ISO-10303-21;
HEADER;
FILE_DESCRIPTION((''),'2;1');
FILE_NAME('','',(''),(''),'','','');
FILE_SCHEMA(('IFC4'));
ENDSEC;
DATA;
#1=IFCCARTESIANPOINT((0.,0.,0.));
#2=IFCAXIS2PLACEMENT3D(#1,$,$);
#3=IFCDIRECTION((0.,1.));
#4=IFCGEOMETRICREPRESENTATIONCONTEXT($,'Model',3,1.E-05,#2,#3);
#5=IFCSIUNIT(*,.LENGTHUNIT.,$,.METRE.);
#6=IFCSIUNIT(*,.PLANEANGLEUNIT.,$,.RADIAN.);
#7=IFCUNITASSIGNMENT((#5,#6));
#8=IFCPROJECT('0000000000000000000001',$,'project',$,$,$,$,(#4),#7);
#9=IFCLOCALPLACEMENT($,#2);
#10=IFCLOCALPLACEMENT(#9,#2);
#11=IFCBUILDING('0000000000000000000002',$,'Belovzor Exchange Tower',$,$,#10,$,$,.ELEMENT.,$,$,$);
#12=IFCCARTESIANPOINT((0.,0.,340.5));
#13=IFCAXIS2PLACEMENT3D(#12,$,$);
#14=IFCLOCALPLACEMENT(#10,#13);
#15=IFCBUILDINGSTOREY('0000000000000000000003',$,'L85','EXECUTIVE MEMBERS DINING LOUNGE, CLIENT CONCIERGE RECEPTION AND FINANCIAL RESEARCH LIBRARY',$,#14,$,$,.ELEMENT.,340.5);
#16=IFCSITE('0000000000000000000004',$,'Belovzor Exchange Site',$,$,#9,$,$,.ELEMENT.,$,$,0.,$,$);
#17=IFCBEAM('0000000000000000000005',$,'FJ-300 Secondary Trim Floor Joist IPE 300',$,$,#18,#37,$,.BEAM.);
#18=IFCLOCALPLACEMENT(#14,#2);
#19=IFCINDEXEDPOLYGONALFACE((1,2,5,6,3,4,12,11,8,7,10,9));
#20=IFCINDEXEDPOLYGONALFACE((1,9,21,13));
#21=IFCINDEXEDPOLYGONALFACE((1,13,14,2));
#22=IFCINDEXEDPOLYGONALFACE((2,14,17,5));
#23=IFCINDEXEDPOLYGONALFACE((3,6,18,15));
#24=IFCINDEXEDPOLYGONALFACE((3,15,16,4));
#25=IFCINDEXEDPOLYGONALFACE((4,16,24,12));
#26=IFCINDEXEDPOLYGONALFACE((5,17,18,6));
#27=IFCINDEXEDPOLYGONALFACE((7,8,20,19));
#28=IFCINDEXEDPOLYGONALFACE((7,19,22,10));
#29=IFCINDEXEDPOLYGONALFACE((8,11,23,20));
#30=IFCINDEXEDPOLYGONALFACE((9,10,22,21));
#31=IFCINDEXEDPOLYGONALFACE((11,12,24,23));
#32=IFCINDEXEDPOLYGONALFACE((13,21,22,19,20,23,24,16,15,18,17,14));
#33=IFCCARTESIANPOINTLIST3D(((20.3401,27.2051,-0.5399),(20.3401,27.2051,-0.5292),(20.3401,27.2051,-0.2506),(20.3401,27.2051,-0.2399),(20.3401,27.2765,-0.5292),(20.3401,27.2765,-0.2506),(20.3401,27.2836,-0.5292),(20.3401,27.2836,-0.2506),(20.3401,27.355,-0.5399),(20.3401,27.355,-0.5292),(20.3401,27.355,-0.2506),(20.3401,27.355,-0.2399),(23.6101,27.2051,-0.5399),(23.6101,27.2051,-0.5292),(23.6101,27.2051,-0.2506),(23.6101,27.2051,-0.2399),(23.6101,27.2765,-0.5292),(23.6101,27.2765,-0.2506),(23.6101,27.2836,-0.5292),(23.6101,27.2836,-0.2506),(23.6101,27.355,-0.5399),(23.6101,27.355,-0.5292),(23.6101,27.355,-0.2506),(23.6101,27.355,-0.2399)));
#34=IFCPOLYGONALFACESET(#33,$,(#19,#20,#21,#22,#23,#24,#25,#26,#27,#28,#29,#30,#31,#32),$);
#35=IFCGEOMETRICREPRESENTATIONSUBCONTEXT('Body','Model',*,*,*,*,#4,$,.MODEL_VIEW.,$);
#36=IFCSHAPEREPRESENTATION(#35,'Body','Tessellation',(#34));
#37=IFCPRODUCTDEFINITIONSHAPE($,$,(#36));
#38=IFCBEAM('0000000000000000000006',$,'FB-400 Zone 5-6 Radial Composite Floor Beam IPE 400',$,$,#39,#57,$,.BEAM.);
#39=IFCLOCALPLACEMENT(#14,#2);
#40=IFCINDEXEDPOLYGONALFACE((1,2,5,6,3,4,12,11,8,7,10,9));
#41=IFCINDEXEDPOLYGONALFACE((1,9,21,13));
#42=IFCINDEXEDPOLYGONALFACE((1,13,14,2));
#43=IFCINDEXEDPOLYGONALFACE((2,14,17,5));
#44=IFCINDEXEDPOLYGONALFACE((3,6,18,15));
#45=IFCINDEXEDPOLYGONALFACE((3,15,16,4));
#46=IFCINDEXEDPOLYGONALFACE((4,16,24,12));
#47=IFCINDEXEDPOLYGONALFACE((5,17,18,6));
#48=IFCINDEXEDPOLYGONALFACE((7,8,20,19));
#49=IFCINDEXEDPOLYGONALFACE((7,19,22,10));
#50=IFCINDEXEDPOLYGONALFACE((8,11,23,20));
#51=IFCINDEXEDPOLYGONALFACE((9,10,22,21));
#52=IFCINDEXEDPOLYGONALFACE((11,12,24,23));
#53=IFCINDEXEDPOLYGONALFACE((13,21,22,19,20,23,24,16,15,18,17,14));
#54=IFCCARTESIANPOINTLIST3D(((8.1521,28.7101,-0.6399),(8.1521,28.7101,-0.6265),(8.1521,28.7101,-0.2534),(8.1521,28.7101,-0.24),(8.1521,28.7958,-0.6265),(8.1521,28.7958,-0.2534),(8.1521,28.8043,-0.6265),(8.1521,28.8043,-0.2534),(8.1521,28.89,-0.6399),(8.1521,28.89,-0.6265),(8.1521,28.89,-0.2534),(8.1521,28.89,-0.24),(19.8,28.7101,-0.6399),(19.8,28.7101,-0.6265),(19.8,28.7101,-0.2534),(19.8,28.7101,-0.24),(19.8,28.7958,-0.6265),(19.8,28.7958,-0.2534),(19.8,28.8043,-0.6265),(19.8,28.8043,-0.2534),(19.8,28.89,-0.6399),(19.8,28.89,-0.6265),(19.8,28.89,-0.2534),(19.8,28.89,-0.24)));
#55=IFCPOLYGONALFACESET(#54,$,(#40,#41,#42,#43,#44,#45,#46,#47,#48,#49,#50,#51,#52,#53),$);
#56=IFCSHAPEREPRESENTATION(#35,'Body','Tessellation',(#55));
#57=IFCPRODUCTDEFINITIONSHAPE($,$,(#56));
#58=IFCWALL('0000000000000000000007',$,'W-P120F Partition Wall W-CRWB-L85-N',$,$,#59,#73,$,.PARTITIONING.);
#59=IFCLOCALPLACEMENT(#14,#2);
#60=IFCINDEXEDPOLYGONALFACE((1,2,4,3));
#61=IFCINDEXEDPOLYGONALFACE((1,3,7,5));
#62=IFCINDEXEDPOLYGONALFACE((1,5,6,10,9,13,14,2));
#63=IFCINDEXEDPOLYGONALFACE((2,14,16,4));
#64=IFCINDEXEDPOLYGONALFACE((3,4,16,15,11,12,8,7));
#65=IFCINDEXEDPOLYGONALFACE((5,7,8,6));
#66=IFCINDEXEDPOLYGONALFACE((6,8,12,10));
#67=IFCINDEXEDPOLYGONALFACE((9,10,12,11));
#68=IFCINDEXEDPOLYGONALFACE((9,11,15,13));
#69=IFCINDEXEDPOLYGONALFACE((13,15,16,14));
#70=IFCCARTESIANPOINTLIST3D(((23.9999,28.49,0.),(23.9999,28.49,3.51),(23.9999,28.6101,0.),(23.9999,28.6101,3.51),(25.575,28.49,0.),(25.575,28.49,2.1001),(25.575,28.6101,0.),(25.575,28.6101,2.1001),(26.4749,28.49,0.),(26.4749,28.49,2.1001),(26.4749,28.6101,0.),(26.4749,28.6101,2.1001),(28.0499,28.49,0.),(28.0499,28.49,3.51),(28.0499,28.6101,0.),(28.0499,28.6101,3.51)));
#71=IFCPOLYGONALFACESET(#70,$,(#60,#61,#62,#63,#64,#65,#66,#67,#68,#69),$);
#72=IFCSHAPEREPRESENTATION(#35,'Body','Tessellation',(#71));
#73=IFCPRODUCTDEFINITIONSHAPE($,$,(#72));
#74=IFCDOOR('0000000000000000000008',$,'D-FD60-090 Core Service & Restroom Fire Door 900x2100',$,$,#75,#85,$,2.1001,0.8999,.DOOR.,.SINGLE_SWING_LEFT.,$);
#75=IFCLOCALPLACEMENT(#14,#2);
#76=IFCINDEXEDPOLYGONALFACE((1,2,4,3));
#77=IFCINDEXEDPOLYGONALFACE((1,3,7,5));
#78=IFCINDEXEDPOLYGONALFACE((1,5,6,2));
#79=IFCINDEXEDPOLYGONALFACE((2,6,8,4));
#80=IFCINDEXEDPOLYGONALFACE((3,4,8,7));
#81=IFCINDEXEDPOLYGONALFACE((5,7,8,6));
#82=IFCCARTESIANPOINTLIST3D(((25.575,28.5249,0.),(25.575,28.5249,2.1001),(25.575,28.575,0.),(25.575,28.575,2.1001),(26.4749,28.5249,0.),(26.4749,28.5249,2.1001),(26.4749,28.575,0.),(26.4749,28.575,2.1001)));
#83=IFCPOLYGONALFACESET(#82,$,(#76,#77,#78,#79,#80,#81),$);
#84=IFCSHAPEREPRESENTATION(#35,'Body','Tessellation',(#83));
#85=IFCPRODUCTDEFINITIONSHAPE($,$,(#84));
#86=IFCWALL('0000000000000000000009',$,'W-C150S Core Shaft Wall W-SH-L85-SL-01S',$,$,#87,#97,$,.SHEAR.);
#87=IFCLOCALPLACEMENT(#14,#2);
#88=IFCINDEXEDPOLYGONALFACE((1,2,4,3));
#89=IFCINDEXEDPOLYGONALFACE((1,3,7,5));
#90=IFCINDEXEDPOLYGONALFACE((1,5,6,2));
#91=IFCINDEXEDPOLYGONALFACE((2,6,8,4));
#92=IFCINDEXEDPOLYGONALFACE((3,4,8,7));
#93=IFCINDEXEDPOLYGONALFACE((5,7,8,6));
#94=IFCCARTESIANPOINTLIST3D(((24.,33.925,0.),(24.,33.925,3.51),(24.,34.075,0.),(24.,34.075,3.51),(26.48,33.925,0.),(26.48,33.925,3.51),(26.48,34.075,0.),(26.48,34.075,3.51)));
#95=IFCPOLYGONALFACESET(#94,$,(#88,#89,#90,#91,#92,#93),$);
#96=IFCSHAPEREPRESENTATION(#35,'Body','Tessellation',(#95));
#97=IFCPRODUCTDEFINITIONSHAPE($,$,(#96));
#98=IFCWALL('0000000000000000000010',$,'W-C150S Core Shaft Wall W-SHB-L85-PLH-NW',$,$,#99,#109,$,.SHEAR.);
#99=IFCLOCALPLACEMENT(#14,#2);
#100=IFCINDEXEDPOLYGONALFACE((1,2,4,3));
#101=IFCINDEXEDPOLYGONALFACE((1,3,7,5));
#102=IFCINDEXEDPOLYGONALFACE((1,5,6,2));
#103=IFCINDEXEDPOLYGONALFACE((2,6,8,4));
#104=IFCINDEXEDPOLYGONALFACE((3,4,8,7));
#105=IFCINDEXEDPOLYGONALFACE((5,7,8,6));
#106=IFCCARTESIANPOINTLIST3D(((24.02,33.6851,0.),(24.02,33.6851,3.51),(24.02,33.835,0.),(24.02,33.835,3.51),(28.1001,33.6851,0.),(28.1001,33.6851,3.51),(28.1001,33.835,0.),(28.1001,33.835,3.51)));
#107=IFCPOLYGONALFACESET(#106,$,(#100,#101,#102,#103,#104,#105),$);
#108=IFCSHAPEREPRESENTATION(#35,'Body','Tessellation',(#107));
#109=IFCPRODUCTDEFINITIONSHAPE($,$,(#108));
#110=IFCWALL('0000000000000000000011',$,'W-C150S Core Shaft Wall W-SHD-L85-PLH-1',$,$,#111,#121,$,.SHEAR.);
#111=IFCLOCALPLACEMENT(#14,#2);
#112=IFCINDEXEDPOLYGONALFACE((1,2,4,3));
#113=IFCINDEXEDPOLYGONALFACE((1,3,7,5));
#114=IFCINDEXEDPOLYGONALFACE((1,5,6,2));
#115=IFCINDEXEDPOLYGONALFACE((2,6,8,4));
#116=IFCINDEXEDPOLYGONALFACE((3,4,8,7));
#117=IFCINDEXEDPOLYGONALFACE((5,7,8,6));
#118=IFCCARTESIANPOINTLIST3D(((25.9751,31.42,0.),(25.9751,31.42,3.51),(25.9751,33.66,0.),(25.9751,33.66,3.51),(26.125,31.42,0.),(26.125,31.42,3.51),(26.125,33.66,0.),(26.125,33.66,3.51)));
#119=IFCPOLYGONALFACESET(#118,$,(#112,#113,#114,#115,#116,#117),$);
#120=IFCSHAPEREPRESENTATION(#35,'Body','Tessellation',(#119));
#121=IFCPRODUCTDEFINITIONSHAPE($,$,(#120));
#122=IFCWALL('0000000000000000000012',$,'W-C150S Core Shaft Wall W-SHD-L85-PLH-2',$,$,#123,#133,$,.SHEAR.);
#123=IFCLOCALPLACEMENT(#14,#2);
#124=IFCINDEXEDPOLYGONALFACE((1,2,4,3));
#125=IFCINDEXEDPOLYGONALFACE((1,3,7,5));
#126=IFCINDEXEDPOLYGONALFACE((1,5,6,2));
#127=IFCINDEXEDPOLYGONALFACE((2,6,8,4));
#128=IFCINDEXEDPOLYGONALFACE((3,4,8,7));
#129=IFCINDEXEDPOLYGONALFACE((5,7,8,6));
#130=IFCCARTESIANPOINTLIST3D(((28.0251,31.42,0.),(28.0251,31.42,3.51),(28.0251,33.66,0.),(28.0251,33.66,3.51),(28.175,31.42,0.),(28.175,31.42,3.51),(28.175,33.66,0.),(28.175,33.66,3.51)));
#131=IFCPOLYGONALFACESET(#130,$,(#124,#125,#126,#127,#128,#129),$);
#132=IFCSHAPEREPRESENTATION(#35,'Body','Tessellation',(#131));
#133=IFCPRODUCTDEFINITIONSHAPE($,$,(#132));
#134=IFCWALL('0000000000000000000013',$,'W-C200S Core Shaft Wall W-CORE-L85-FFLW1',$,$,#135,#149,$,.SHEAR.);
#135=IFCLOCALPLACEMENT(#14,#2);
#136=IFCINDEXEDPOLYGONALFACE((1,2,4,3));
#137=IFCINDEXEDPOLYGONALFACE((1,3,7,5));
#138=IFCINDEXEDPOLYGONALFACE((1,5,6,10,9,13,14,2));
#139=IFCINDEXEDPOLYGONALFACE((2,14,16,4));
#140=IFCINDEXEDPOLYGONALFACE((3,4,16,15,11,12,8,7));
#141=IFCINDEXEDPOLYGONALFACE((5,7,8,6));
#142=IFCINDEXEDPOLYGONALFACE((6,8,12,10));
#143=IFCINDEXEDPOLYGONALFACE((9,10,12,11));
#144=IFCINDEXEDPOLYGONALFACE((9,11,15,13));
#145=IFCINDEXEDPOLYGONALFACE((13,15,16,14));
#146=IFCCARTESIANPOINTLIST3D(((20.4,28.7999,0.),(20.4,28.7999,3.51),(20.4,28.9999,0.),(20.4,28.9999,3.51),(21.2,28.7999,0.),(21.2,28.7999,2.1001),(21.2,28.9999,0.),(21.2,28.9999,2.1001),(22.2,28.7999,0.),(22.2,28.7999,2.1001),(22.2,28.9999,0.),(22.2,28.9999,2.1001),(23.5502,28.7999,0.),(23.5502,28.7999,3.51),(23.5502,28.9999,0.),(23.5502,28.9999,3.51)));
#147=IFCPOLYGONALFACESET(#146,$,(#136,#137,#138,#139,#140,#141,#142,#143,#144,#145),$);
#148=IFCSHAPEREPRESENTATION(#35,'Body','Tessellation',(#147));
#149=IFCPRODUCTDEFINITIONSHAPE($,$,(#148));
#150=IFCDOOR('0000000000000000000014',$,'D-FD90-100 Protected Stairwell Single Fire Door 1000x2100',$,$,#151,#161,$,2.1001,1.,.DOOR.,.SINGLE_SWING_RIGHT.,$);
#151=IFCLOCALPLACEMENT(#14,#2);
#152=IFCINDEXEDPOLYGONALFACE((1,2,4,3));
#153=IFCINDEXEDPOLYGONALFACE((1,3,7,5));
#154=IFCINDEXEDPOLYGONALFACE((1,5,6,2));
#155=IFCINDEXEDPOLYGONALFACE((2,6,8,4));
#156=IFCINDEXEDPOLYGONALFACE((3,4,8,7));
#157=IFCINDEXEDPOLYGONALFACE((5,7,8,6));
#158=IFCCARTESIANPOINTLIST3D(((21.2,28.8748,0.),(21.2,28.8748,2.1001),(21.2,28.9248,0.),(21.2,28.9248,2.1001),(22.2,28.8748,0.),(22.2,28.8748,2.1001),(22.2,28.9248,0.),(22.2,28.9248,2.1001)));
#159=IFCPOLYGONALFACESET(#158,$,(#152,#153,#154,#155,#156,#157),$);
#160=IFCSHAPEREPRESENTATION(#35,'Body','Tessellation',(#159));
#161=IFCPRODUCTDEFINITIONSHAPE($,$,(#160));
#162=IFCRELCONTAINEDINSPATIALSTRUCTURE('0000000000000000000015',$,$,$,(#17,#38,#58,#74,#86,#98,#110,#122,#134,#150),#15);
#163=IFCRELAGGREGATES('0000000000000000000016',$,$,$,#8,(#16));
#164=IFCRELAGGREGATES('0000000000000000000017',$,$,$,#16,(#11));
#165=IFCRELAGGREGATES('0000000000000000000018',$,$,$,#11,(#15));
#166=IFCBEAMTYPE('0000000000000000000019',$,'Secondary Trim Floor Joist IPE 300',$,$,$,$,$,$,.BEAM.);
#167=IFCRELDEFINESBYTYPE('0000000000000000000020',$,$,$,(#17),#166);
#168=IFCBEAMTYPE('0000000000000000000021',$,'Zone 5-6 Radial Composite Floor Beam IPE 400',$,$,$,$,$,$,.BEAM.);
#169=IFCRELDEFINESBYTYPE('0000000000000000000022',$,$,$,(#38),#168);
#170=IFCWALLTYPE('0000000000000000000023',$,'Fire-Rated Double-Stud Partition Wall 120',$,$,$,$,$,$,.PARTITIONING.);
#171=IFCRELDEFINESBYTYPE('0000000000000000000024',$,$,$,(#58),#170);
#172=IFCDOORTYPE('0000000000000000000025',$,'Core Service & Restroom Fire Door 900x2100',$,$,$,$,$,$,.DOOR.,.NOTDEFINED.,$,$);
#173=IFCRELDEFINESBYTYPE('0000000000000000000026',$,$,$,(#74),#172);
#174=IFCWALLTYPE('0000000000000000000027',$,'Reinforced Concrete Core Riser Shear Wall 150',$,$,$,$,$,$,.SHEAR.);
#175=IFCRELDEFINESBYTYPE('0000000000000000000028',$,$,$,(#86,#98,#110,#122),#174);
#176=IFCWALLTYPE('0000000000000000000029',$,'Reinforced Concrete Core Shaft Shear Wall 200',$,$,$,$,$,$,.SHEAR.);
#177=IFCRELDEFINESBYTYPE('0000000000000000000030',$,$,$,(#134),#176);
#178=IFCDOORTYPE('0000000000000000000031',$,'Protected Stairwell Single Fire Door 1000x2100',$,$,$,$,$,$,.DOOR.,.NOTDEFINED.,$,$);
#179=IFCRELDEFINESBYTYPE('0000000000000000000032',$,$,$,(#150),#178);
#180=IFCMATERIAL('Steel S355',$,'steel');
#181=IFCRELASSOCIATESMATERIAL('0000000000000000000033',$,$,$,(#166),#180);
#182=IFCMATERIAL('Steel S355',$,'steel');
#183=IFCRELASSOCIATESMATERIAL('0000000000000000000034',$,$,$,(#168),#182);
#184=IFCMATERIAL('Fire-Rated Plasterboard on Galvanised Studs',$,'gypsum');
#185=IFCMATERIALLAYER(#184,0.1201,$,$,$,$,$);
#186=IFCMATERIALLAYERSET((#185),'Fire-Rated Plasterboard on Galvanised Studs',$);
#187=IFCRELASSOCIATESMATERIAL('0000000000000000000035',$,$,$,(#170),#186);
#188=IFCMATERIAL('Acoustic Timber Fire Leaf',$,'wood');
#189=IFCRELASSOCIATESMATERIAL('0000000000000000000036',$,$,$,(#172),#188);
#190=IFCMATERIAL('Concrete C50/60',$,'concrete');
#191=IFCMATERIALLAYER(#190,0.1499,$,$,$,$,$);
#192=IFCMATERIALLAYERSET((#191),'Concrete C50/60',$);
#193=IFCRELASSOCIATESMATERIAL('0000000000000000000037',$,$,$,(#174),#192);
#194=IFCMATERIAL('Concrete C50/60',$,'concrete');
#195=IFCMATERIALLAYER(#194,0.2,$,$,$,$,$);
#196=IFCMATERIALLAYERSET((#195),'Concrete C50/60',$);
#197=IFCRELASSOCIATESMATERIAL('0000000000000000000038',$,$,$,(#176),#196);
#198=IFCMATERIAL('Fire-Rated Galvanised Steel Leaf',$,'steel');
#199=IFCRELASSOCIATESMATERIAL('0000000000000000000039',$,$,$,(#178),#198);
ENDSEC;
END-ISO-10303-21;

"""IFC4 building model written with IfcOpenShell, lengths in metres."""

from ifc_helpers import new_model, si_unit, direction, frame, frame_2d, origin, origin_2d, place, context, subcontext, project, spatial, rectangle, i_section, extrude, material, layer, layer_set, material_profile, profile_set, type_object, element, fill, save


model = new_model("IFC4")

# Units and contexts
model_context = context("Model", 3, precision=1e-05, world=origin(), true_north=direction((0.0, 1.0)))
body_context = subcontext(model_context, "Body", "Model", "MODEL_VIEW")
ifc_project = project(units=[si_unit("LENGTHUNIT", "METRE"), si_unit("PLANEANGLEUNIT", "RADIAN")], contexts=[model_context])

# Site, building, storey
site_placement = place(None, origin())
site = spatial("IfcSite", under=ifc_project, at=site_placement, Name="Belovzor Exchange Site", CompositionType="ELEMENT", RefElevation=0.0)
building_placement = place(site_placement, origin())
building = spatial("IfcBuilding", under=site, at=building_placement, Name="Belovzor Exchange Tower", CompositionType="ELEMENT")
storey_placement = place(building_placement, frame((0.0, 0.0, 340.5)))
storey = spatial("IfcBuildingStorey", under=building, at=storey_placement, Name="L85", Description="EXECUTIVE MEMBERS DINING LOUNGE, CLIENT CONCIERGE RECEPTION AND FINANCIAL RESEARCH LIBRARY", CompositionType="ELEMENT", Elevation=340.5)

# Beams
ifc_material_1 = material(Name="Steel S355", Category="steel")
ifc_material_profile_1 = material_profile(ifc_material_1, i_section(OverallWidth=0.1499, OverallDepth=0.3, WebThickness=0.0071, FlangeThickness=0.0107, at=origin_2d()))
ifc_profile_set_1 = profile_set([ifc_material_profile_1], Name="Steel S355")
beam_type_1 = type_object("IfcBeamType", Name="Secondary Trim Floor Joist IPE 300", PredefinedType="BEAM", material=ifc_profile_set_1)
beam_1_placement = place(storey_placement, frame((20.3401, 27.28, -0.3899), z_axis=(1.0, 0.0, 0.0), x_axis=(0.0, 1.0, 0.0)))
element("IfcBeam", 1, at=beam_1_placement, inside=storey, type_object=beam_type_1, Name="FJ-300 Secondary Trim Floor Joist IPE 300", PredefinedType="BEAM", context=body_context, shape_type="SweptSolid", body=[
    extrude(i_section(OverallWidth=0.1499, OverallDepth=0.3, WebThickness=0.0071, FlangeThickness=0.0107, at=origin_2d()), origin(), (0.0, 0.0, 1.0), 3.27),
])
ifc_material_2 = material(Name="Steel S355", Category="steel")
ifc_material_profile_2 = material_profile(ifc_material_2, i_section(OverallWidth=0.1799, OverallDepth=0.3999, WebThickness=0.0085, FlangeThickness=0.0134, at=origin_2d()))
ifc_profile_set_2 = profile_set([ifc_material_profile_2], Name="Steel S355")
beam_type_2 = type_object("IfcBeamType", Name="Zone 5-6 Radial Composite Floor Beam IPE 400", PredefinedType="BEAM", material=ifc_profile_set_2)
beam_2_placement = place(storey_placement, frame((19.8, 28.8, -0.4399), z_axis=(-1.0, 0.0, 0.0), x_axis=(0.0, -1.0, 0.0)))
element("IfcBeam", 2, at=beam_2_placement, inside=storey, type_object=beam_type_2, Name="FB-400 Zone 5-6 Radial Composite Floor Beam IPE 400", PredefinedType="BEAM", context=body_context, shape_type="SweptSolid", body=[
    extrude(i_section(OverallWidth=0.1799, OverallDepth=0.3999, WebThickness=0.0085, FlangeThickness=0.0134, at=origin_2d()), origin(), (0.0, 0.0, 1.0), 11.6479),
])

# Wall, opening, door
ifc_material_3 = material(Name="Fire-Rated Plasterboard on Galvanised Studs", Category="gypsum")
ifc_layer_1 = layer(ifc_material_3, 0.1201)
ifc_layer_set_1 = layer_set([ifc_layer_1], Name="Fire-Rated Plasterboard on Galvanised Studs")
wall_type_1 = type_object("IfcWallType", Name="Fire-Rated Double-Stud Partition Wall 120", PredefinedType="PARTITIONING", material=ifc_layer_set_1)
wall_1_placement = place(storey_placement, frame((24.0, 28.55, 0.0), z_axis=(0.0, 0.0, 1.0), x_axis=(1.0, 0.0, 0.0)))
wall_1 = element("IfcWall", 3, at=wall_1_placement, inside=storey, type_object=wall_type_1, Name="W-P120F Partition Wall W-CRWB-L85-N", PredefinedType="PARTITIONING", context=body_context, shape_type="SweptSolid", body=[
    extrude(rectangle(XDim=4.05, YDim=0.1201, at=frame_2d((2.0249, 0.0))), origin(), (0.0, 0.0, 1.0), 3.51),
])
opening_1_placement = place(wall_1_placement, frame((1.575, 0.0, 0.0)))
opening_1 = element("IfcOpeningElement", 4, at=opening_1_placement, cuts=wall_1, PredefinedType="OPENING", context=body_context, shape_type="SweptSolid", body=[
    extrude(rectangle(XDim=0.8999, YDim=2.1001, at=frame_2d((0.45, 1.05))), frame((0.0, 0.0701, 0.0), z_axis=(0.0, -1.0, 0.0), x_axis=(1.0, 0.0, 0.0)), (0.0, 0.0, 1.0), 0.1401),
])
ifc_material_4 = material(Name="Acoustic Timber Fire Leaf", Category="wood")
door_type_1 = type_object("IfcDoorType", Name="Core Service & Restroom Fire Door 900x2100", OperationType="NOTDEFINED", PredefinedType="DOOR", material=ifc_material_4)
door_1_placement = place(opening_1_placement, origin())
door_1 = element("IfcDoor", 5, at=door_1_placement, inside=storey, type_object=door_type_1, Name="D-FD60-090 Core Service & Restroom Fire Door 900x2100", OperationType="SINGLE_SWING_LEFT", OverallHeight=2.1001, OverallWidth=0.8999, PredefinedType="DOOR", context=body_context, shape_type="SweptSolid", body=[
    extrude(rectangle(XDim=0.8999, YDim=2.1001, at=frame_2d((0.45, 1.05))), frame((0.0, 0.0249, 0.0), z_axis=(0.0, -1.0, 0.0), x_axis=(1.0, 0.0, 0.0)), (0.0, 0.0, 1.0), 0.05),
])
fill(opening_1, door_1)

# Walls
ifc_material_5 = material(Name="Concrete C50/60", Category="concrete")
ifc_layer_2 = layer(ifc_material_5, 0.1499)
ifc_layer_set_2 = layer_set([ifc_layer_2], Name="Concrete C50/60")
wall_type_2 = type_object("IfcWallType", Name="Reinforced Concrete Core Riser Shear Wall 150", PredefinedType="SHEAR", material=ifc_layer_set_2)
wall_2_placement = place(storey_placement, frame((24.0, 34.0, 0.0), z_axis=(0.0, 0.0, 1.0), x_axis=(1.0, 0.0, 0.0)))
element("IfcWall", 6, at=wall_2_placement, inside=storey, type_object=wall_type_2, Name="W-C150S Core Shaft Wall W-SH-L85-SL-01S", PredefinedType="SHEAR", context=body_context, shape_type="SweptSolid", body=[
    extrude(rectangle(XDim=2.48, YDim=0.1499, at=frame_2d((1.24, 0.0))), origin(), (0.0, 0.0, 1.0), 3.51),
])
wall_3_placement = place(storey_placement, frame((24.02, 33.76, 0.0), z_axis=(0.0, 0.0, 1.0), x_axis=(1.0, 0.0, 0.0)))
element("IfcWall", 7, at=wall_3_placement, inside=storey, type_object=wall_type_2, Name="W-C150S Core Shaft Wall W-SHB-L85-PLH-NW", PredefinedType="SHEAR", context=body_context, shape_type="SweptSolid", body=[
    extrude(rectangle(XDim=4.0801, YDim=0.1499, at=frame_2d((2.04, 0.0))), origin(), (0.0, 0.0, 1.0), 3.51),
])
for number, where, z_axis, x_axis, name in (
    (8, (26.05, 31.4199, 0.0), (0.0, 0.0, 1.0), (0.0, 1.0, 0.0), "W-C150S Core Shaft Wall W-SHD-L85-PLH-1"),
    (9, (28.1001, 31.4199, 0.0), (0.0, 0.0, 1.0), (0.0, 1.0, 0.0), "W-C150S Core Shaft Wall W-SHD-L85-PLH-2"),
):
    element("IfcWall", number, at=place(storey_placement, frame(where, z_axis=z_axis, x_axis=x_axis)), inside=storey, type_object=wall_type_2, Name=name, PredefinedType="SHEAR", context=body_context, shape_type="SweptSolid", body=[
        extrude(rectangle(XDim=2.24, YDim=0.1499, at=frame_2d((1.1201, 0.0))), origin(), (0.0, 0.0, 1.0), 3.51),
    ])

# Wall, opening, door
ifc_material_6 = material(Name="Concrete C50/60", Category="concrete")
ifc_layer_3 = layer(ifc_material_6, 0.2)
ifc_layer_set_3 = layer_set([ifc_layer_3], Name="Concrete C50/60")
wall_type_3 = type_object("IfcWallType", Name="Reinforced Concrete Core Shaft Shear Wall 200", PredefinedType="SHEAR", material=ifc_layer_set_3)
wall_4_placement = place(storey_placement, frame((20.3999, 28.8999, 0.0), z_axis=(0.0, 0.0, 1.0), x_axis=(1.0, 0.0, 0.0)))
wall_4 = element("IfcWall", 10, at=wall_4_placement, inside=storey, type_object=wall_type_3, Name="W-C200S Core Shaft Wall W-CORE-L85-FFLW1", PredefinedType="SHEAR", context=body_context, shape_type="SweptSolid", body=[
    extrude(rectangle(XDim=3.1501, YDim=0.2, at=frame_2d((1.5752, 0.0))), origin(), (0.0, 0.0, 1.0), 3.51),
])
opening_2_placement = place(wall_4_placement, frame((0.8, 0.0, 0.0)))
opening_2 = element("IfcOpeningElement", 11, at=opening_2_placement, cuts=wall_4, PredefinedType="OPENING", context=body_context, shape_type="SweptSolid", body=[
    extrude(rectangle(XDim=1.0, YDim=2.1001, at=frame_2d((0.5, 1.05))), frame((0.0, 0.1099, 0.0), z_axis=(0.0, -1.0, 0.0), x_axis=(1.0, 0.0, 0.0)), (0.0, 0.0, 1.0), 0.22),
])
ifc_material_7 = material(Name="Fire-Rated Galvanised Steel Leaf", Category="steel")
door_type_2 = type_object("IfcDoorType", Name="Protected Stairwell Single Fire Door 1000x2100", OperationType="NOTDEFINED", PredefinedType="DOOR", material=ifc_material_7)
door_2_placement = place(opening_2_placement, origin())
door_2 = element("IfcDoor", 12, at=door_2_placement, inside=storey, type_object=door_type_2, Name="D-FD90-100 Protected Stairwell Single Fire Door 1000x2100", OperationType="SINGLE_SWING_RIGHT", OverallHeight=2.1001, OverallWidth=1.0, PredefinedType="DOOR", context=body_context, shape_type="SweptSolid", body=[
    extrude(rectangle(XDim=1.0, YDim=2.1001, at=frame_2d((0.5, 1.05))), frame((0.0, 0.0249, 0.0), z_axis=(0.0, -1.0, 0.0), x_axis=(1.0, 0.0, 0.0)), (0.0, 0.0, 1.0), 0.05),
])
fill(opening_2, door_2)

save(model, "model.ifc")
